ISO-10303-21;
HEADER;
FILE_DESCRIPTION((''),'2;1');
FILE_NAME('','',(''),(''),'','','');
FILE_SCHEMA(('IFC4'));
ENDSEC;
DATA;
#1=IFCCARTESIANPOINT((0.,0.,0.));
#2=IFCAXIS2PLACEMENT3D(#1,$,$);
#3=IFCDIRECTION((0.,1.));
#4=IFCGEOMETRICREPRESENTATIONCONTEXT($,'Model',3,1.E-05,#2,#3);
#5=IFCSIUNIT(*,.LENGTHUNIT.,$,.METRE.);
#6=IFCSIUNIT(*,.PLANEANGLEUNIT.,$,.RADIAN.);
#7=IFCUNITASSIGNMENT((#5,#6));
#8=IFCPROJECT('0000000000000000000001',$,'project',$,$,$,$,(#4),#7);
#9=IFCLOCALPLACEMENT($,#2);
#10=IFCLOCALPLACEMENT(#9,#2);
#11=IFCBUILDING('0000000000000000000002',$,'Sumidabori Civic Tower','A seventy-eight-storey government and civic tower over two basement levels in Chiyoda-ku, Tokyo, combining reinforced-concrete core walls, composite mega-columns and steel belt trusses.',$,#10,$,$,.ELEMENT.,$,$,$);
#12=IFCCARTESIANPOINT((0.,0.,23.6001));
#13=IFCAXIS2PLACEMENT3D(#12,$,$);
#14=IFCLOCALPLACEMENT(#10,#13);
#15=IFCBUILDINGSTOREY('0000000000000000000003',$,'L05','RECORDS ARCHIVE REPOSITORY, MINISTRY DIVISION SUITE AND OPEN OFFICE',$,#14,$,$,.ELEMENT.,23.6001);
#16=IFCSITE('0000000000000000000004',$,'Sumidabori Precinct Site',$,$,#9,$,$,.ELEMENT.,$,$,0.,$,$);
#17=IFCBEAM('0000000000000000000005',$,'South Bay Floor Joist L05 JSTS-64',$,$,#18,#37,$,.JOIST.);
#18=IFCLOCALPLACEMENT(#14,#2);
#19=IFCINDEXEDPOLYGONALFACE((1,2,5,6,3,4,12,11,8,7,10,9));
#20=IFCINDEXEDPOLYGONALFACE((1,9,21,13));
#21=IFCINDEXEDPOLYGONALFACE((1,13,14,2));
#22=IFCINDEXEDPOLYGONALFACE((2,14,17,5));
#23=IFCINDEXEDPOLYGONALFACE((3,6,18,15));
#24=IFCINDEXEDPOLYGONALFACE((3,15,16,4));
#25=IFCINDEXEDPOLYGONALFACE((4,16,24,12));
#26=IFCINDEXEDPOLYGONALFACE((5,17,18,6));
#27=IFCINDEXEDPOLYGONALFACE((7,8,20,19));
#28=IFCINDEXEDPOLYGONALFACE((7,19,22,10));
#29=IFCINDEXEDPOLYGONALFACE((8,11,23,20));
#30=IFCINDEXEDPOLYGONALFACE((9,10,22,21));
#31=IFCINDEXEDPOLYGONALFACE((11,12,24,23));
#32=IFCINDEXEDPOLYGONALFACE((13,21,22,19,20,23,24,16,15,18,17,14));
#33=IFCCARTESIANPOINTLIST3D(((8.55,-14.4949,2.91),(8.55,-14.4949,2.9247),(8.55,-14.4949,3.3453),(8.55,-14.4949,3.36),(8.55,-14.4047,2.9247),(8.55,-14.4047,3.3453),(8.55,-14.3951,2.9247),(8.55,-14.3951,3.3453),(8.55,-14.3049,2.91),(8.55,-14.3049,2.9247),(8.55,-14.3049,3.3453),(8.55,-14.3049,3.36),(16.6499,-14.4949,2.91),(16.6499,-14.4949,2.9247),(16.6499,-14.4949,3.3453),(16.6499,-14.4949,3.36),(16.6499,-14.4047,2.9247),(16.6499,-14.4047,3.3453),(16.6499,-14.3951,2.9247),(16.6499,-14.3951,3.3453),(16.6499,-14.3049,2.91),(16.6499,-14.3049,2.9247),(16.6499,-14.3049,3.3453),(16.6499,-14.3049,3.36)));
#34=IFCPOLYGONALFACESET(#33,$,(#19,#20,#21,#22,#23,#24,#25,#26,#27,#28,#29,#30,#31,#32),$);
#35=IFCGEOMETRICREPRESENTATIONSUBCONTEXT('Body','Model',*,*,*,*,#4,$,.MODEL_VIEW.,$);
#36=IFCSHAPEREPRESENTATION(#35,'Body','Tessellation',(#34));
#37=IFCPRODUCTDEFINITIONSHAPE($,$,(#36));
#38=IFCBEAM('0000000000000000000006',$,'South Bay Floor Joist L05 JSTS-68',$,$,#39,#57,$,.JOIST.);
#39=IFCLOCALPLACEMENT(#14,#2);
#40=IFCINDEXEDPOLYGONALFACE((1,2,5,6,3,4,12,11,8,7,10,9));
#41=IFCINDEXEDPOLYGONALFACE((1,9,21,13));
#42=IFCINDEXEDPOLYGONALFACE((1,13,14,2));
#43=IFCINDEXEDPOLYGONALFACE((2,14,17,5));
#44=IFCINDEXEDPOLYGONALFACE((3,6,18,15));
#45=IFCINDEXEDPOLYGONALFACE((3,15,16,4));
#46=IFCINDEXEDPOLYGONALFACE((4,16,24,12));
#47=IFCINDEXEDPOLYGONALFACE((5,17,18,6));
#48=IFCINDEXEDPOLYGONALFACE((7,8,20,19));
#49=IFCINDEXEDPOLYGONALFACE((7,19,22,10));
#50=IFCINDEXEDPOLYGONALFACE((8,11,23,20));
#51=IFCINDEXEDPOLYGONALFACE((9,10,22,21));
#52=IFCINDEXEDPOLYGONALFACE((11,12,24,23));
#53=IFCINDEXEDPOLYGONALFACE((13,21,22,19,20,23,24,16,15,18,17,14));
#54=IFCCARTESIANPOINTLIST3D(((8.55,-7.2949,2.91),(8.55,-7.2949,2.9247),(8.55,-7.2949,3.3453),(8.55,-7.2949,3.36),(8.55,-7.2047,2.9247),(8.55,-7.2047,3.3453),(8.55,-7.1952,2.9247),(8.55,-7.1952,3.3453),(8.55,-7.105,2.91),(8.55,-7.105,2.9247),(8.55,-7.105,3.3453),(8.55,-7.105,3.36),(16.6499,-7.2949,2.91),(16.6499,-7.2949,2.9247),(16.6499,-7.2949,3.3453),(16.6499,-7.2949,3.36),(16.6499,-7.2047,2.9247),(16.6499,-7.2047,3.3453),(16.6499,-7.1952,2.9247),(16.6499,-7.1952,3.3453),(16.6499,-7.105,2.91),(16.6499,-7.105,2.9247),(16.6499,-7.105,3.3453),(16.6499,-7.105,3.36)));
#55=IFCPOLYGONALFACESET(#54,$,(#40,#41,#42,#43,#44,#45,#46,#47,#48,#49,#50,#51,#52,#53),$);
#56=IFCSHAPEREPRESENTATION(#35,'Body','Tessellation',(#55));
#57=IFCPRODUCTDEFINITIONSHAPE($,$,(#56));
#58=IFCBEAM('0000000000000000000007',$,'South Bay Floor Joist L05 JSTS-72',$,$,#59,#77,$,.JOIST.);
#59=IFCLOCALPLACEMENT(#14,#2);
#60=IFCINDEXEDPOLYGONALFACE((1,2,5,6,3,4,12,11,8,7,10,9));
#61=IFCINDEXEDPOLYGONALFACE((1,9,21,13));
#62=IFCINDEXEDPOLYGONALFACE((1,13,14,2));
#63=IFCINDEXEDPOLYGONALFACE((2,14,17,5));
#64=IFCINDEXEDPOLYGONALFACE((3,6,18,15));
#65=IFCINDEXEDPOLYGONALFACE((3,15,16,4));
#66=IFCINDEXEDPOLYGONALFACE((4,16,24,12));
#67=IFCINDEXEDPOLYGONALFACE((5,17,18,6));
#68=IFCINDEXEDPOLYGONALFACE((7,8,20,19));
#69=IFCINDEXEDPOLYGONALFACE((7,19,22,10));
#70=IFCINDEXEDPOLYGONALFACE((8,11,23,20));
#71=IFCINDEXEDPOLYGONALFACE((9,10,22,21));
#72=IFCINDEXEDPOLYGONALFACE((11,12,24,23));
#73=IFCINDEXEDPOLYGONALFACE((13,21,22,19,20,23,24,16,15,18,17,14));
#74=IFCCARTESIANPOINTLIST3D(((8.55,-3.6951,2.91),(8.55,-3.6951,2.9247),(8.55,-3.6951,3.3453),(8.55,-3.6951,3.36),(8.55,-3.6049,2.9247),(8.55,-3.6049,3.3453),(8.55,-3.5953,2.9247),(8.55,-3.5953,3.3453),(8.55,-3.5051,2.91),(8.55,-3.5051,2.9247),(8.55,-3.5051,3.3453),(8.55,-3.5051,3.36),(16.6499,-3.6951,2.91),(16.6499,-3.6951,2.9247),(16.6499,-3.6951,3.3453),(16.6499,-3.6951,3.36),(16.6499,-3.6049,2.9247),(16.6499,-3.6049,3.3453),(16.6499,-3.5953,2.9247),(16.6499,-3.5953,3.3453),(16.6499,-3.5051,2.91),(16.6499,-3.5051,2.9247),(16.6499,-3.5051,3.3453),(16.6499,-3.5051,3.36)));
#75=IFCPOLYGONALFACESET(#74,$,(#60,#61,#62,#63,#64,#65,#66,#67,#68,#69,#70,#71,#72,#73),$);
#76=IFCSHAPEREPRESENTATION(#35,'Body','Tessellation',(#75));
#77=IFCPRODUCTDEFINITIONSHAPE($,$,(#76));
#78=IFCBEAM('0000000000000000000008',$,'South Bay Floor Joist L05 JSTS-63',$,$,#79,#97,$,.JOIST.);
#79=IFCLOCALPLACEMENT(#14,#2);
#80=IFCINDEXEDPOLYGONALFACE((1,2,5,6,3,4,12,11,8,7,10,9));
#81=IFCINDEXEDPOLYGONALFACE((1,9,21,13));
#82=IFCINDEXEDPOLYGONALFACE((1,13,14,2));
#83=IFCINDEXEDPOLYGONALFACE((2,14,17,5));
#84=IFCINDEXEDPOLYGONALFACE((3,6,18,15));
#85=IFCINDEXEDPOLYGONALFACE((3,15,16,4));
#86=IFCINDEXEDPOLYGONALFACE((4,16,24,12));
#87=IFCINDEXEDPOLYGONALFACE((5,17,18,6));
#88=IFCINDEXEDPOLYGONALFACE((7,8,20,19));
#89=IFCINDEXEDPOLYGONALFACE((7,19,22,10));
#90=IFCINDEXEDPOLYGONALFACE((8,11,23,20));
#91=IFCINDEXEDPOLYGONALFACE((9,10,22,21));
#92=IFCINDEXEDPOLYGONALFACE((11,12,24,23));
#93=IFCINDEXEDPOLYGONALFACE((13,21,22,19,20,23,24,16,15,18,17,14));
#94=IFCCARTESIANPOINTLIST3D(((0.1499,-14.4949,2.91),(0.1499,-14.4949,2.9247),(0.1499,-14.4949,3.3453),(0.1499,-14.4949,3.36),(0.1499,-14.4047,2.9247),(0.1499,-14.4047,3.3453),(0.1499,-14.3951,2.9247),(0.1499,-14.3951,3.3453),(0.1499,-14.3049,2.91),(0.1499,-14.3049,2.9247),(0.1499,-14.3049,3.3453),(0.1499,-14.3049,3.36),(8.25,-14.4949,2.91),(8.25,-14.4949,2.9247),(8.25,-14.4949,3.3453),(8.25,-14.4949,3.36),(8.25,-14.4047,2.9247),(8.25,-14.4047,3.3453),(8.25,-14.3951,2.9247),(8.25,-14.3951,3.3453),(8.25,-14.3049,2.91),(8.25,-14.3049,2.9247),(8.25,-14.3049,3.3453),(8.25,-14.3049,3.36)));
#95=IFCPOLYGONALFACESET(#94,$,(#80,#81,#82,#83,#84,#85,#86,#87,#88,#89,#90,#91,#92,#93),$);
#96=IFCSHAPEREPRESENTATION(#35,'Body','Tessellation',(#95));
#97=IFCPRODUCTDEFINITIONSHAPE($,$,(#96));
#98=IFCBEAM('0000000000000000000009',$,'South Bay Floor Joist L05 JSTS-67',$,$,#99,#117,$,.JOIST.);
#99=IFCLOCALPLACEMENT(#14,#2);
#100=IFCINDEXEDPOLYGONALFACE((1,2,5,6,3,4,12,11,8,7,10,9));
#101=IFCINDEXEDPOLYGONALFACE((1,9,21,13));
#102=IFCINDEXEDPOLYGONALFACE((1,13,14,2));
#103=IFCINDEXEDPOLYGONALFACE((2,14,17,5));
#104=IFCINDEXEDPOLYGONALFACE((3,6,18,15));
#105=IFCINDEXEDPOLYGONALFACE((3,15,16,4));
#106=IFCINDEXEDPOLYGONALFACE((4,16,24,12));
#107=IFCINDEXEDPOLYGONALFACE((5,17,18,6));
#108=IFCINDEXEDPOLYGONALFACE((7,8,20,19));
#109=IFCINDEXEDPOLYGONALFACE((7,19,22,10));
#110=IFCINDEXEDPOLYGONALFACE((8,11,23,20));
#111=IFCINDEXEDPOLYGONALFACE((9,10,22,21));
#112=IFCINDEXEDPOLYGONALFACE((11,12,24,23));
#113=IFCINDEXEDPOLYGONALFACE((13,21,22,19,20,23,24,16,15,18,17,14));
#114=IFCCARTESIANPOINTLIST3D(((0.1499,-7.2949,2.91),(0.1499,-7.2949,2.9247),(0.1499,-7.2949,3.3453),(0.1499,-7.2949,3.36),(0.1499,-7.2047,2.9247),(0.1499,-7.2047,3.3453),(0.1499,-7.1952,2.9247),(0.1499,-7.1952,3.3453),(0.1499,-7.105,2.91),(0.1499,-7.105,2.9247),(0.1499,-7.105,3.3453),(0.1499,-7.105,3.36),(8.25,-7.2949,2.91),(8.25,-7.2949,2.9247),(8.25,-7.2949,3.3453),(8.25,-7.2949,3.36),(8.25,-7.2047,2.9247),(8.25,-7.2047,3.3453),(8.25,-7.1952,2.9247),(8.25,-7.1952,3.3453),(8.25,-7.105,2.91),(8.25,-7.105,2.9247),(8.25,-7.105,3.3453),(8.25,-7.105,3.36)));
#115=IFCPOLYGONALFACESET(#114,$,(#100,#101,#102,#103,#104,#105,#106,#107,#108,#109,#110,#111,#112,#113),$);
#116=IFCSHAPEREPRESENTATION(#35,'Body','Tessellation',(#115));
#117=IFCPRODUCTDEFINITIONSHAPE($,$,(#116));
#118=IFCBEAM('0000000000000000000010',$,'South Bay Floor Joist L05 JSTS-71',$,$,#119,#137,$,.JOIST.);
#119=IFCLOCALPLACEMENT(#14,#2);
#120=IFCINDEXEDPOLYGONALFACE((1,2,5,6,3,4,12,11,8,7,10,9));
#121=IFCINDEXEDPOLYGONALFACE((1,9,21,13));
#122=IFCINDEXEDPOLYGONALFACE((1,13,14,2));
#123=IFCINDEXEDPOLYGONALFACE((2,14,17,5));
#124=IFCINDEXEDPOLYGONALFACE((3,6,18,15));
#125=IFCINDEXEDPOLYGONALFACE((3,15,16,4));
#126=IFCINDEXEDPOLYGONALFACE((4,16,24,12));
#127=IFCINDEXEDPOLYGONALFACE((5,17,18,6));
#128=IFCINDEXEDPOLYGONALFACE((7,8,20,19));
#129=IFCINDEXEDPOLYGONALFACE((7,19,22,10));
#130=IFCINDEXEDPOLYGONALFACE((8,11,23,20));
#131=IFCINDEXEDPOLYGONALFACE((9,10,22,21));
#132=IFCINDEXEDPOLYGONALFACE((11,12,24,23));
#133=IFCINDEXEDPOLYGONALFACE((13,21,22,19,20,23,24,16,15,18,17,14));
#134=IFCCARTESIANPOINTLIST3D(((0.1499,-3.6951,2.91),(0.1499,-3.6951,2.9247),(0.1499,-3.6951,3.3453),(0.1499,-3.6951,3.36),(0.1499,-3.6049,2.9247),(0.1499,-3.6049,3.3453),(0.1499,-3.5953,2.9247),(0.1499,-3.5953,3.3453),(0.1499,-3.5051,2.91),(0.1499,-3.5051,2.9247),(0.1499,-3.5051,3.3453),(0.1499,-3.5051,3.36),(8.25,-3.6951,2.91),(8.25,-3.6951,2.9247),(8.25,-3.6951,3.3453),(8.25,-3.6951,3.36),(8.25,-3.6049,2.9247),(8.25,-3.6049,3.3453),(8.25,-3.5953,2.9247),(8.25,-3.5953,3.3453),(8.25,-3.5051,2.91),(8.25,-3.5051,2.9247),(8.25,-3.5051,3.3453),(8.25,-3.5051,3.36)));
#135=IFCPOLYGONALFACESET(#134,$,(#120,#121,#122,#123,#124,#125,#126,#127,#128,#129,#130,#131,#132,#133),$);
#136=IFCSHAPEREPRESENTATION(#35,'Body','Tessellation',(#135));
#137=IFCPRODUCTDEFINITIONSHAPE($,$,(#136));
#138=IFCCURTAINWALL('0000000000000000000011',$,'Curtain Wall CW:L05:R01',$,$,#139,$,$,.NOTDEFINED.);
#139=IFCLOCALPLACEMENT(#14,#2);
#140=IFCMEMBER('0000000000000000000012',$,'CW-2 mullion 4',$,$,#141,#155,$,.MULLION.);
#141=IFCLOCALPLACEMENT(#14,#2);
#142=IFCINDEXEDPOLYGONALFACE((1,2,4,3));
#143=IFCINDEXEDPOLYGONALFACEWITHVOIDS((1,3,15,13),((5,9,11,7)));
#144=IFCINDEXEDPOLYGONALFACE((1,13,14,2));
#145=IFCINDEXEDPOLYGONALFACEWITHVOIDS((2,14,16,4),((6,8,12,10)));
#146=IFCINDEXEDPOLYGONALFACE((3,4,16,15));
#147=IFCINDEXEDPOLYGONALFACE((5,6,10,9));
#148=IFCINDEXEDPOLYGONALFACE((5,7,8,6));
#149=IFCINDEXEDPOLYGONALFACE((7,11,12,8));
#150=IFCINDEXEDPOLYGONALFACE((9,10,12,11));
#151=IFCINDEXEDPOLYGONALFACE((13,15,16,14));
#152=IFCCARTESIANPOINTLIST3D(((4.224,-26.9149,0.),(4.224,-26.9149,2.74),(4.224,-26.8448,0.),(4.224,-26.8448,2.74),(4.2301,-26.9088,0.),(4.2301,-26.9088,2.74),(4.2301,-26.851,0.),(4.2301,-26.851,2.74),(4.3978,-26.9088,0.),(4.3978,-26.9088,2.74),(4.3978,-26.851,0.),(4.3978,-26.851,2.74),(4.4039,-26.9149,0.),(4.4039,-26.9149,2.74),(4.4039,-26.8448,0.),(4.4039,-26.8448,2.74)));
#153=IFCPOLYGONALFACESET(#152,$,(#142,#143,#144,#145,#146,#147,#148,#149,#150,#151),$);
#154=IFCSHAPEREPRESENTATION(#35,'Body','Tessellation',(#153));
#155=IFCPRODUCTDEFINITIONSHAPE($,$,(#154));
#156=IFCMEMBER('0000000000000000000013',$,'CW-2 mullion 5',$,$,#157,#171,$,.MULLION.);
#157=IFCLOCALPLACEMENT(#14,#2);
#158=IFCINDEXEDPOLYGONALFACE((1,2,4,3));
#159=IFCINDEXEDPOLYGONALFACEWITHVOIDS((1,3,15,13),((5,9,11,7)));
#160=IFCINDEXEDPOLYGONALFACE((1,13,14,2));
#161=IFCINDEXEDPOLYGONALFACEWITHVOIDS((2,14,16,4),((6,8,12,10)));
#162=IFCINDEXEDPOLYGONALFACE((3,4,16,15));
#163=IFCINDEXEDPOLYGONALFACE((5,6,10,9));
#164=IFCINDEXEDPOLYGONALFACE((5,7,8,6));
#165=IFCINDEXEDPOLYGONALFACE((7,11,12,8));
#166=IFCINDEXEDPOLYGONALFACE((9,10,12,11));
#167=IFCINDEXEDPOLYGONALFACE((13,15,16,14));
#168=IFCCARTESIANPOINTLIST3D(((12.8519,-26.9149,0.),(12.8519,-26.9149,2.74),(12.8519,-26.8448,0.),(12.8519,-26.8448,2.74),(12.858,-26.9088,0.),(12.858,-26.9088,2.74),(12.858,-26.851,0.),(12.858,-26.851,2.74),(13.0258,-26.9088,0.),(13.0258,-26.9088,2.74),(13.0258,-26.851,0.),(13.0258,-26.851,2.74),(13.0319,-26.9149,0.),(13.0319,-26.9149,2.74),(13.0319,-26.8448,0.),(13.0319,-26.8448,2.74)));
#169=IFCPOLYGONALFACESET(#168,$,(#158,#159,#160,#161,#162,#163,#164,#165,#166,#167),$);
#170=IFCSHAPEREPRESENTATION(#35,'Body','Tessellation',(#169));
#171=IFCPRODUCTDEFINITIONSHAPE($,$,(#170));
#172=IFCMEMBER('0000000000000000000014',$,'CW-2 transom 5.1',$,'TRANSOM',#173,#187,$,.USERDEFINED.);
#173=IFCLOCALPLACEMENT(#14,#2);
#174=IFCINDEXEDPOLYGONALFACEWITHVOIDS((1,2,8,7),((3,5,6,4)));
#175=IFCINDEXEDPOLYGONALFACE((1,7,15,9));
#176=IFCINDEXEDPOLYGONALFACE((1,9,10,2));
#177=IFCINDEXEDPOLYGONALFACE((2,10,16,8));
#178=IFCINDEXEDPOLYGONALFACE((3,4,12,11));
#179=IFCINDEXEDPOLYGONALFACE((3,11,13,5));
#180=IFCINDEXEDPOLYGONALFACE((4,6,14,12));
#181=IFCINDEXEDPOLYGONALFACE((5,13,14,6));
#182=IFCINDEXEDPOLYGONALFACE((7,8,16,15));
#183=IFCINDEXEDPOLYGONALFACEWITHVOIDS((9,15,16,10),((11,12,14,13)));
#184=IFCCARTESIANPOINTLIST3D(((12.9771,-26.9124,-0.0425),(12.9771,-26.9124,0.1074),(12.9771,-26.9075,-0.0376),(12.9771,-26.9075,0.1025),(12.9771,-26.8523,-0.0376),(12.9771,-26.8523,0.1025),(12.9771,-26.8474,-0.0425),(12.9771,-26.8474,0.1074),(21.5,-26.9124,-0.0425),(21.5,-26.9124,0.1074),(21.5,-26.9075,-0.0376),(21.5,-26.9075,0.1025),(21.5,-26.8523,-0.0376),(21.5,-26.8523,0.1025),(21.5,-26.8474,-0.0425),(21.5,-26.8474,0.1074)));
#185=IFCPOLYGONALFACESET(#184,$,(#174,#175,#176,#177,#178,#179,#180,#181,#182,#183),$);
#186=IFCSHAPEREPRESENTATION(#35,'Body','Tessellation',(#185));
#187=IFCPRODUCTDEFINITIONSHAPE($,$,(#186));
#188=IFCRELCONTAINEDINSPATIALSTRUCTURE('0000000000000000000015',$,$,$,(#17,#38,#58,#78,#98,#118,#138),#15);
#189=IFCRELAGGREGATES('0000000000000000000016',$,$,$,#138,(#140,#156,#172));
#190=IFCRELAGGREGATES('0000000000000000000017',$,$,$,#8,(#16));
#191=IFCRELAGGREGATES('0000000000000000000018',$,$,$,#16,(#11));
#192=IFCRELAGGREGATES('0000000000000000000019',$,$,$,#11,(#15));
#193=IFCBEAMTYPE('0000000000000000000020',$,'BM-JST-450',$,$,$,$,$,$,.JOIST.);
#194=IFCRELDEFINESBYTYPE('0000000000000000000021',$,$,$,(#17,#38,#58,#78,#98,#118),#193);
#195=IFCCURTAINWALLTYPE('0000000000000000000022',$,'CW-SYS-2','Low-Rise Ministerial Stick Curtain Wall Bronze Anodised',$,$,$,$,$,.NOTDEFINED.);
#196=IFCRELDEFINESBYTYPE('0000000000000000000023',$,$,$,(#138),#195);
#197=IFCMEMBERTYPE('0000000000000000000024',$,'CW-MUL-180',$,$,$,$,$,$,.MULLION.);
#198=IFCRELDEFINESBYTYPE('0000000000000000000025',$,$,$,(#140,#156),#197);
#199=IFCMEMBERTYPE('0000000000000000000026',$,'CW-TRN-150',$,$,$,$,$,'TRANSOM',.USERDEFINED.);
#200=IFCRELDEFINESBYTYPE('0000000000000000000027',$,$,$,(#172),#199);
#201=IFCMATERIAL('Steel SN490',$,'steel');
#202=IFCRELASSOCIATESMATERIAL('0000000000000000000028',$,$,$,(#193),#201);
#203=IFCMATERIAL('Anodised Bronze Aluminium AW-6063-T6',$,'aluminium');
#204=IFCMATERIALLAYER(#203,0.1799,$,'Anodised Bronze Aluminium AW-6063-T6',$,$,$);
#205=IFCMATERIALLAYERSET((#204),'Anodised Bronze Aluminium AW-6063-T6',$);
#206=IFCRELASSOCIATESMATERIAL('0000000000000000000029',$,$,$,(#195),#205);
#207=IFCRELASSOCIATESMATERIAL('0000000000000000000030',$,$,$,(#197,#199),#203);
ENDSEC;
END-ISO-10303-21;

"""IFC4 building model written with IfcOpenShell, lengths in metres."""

from ifc_helpers import new_model, si_unit, direction, frame, origin, origin_2d, place, context, subcontext, project, spatial, hollow_rectangle, i_section, extrude, source, transform, mapped, material, layer, layer_set, material_profile, profile_set, type_object, element, aggregate, save


model = new_model("IFC4")

# Units and contexts
model_context = context("Model", 3, precision=1e-05, world=origin(), true_north=direction((0.0, 1.0)))
body_context = subcontext(model_context, "Body", "Model", "MODEL_VIEW")
ifc_project = project(units=[si_unit("LENGTHUNIT", "METRE"), si_unit("PLANEANGLEUNIT", "RADIAN")], contexts=[model_context])

# Site, building, storey
site_placement = place(None, origin())
site = spatial("IfcSite", under=ifc_project, at=site_placement, Name="Sumidabori Precinct Site", CompositionType="ELEMENT", RefElevation=0.0)
building_placement = place(site_placement, origin())
building = spatial("IfcBuilding", under=site, at=building_placement, Name="Sumidabori Civic Tower", Description="A seventy-eight-storey government and civic tower over two basement levels in Chiyoda-ku, Tokyo, combining reinforced-concrete core walls, composite mega-columns and steel belt trusses.", CompositionType="ELEMENT")
storey_placement = place(building_placement, frame((0.0, 0.0, 23.6001)))
storey = spatial("IfcBuildingStorey", under=building, at=storey_placement, Name="L05", Description="RECORDS ARCHIVE REPOSITORY, MINISTRY DIVISION SUITE AND OPEN OFFICE", CompositionType="ELEMENT", Elevation=23.6001)

# Beams
ifc_material_1 = material(Name="Steel SN490", Category="steel")
ifc_material_profile_1 = material_profile(ifc_material_1, i_section(OverallWidth=0.1899, OverallDepth=0.45, WebThickness=0.0095, FlangeThickness=0.0146, at=origin_2d()), Name="IPE 450")
ifc_profile_set_1 = profile_set([ifc_material_profile_1], Name="Steel SN490")
beam_type_1 = type_object("IfcBeamType", Name="BM-JST-450", PredefinedType="JOIST", material=ifc_profile_set_1)
shared_shape_1 = source(origin(), body_context, "Body", "SweptSolid", [
    extrude(i_section(OverallWidth=0.1899, OverallDepth=0.45, WebThickness=0.0095, FlangeThickness=0.0146, at=origin_2d()), origin(), (0.0, 0.0, 1.0), 8.0999),
])
for number, where, z_axis, x_axis, name in (
    (1, (8.55, -14.3999, 3.135), (1.0, 0.0, 0.0), (0.0, 1.0, 0.0), "South Bay Floor Joist L05 JSTS-64"),
    (2, (8.55, -7.2, 3.135), (1.0, 0.0, 0.0), (0.0, 1.0, 0.0), "South Bay Floor Joist L05 JSTS-68"),
    (3, (8.55, -3.6001, 3.135), (1.0, 0.0, 0.0), (0.0, 1.0, 0.0), "South Bay Floor Joist L05 JSTS-72"),
):
    element("IfcBeam", number, at=place(storey_placement, frame(where, z_axis=z_axis, x_axis=x_axis)), inside=storey, type_object=beam_type_1, Name=name, PredefinedType="JOIST", context=body_context, shape_type="MappedRepresentation", body=[
        mapped(shared_shape_1, transform((0.0, 0.0, 0.0), x_axis=(1.0, 0.0, 0.0), y_axis=(0.0, 1.0, 0.0), z_axis=(0.0, 0.0, 1.0), scale=1.0)),
    ])
shared_shape_2 = source(origin(), body_context, "Body", "SweptSolid", [
    extrude(i_section(OverallWidth=0.1899, OverallDepth=0.45, WebThickness=0.0095, FlangeThickness=0.0146, at=origin_2d()), origin(), (0.0, 0.0, 1.0), 8.1001),
])
for number, where, z_axis, x_axis, name in (
    (4, (0.1499, -14.3999, 3.135), (1.0, 0.0, 0.0), (0.0, 1.0, 0.0), "South Bay Floor Joist L05 JSTS-63"),
    (5, (0.1499, -7.2, 3.135), (1.0, 0.0, 0.0), (0.0, 1.0, 0.0), "South Bay Floor Joist L05 JSTS-67"),
    (6, (0.1499, -3.6001, 3.135), (1.0, 0.0, 0.0), (0.0, 1.0, 0.0), "South Bay Floor Joist L05 JSTS-71"),
):
    element("IfcBeam", number, at=place(storey_placement, frame(where, z_axis=z_axis, x_axis=x_axis)), inside=storey, type_object=beam_type_1, Name=name, PredefinedType="JOIST", context=body_context, shape_type="MappedRepresentation", body=[
        mapped(shared_shape_2, transform((0.0, 0.0, 0.0), x_axis=(1.0, 0.0, 0.0), y_axis=(0.0, 1.0, 0.0), z_axis=(0.0, 0.0, 1.0), scale=1.0)),
    ])

# Curtain wall, members
ifc_material_2 = material(Name="Anodised Bronze Aluminium AW-6063-T6", Category="aluminium")
ifc_layer_1 = layer(ifc_material_2, 0.1799, Name="Anodised Bronze Aluminium AW-6063-T6")
ifc_layer_set_1 = layer_set([ifc_layer_1], Name="Anodised Bronze Aluminium AW-6063-T6")
curtain_wall_type = type_object("IfcCurtainWallType", Name="CW-SYS-2", Description="Low-Rise Ministerial Stick Curtain Wall Bronze Anodised", PredefinedType="NOTDEFINED", material=ifc_layer_set_1)
curtain_wall_placement = place(storey_placement, origin())
curtain_wall = element("IfcCurtainWall", 7, at=curtain_wall_placement, inside=storey, type_object=curtain_wall_type, Name="Curtain Wall CW:L05:R01", PredefinedType="NOTDEFINED")
ifc_material_profile_2 = material_profile(ifc_material_2, hollow_rectangle(XDim=0.0701, YDim=0.1799, WallThickness=0.0061, at=origin_2d()), Name="ALU MULLION 180x70")
ifc_profile_set_2 = profile_set([ifc_material_profile_2], Name="Anodised Bronze Aluminium AW-6063-T6")
member_type_1 = type_object("IfcMemberType", Name="CW-MUL-180", PredefinedType="MULLION", material=ifc_profile_set_2)
shared_shape_3 = source(origin(), body_context, "Body", "SweptSolid", [
    extrude(hollow_rectangle(XDim=0.0701, YDim=0.1799, WallThickness=0.0061, at=origin_2d()), origin(), (0.0, 0.0, 1.0), 2.74),
])
member_1_placement = place(storey_placement, frame((4.314, -26.8799, 0.0), z_axis=(0.0, 0.0, 1.0), x_axis=(0.0, 1.0, 0.0)))
member_1 = element("IfcMember", 8, at=member_1_placement, type_object=member_type_1, Name="CW-2 mullion 4", PredefinedType="MULLION", context=body_context, shape_type="MappedRepresentation", body=[
    mapped(shared_shape_3, transform((0.0, 0.0, 0.0), x_axis=(1.0, 0.0, 0.0), y_axis=(0.0, 1.0, 0.0), z_axis=(0.0, 0.0, 1.0), scale=1.0)),
])
member_2_placement = place(storey_placement, frame((12.9419, -26.8799, 0.0), z_axis=(0.0, 0.0, 1.0), x_axis=(0.0, 1.0, 0.0)))
member_2 = element("IfcMember", 9, at=member_2_placement, type_object=member_type_1, Name="CW-2 mullion 5", PredefinedType="MULLION", context=body_context, shape_type="MappedRepresentation", body=[
    mapped(shared_shape_3, transform((0.0, 0.0, 0.0), x_axis=(1.0, 0.0, 0.0), y_axis=(0.0, 1.0, 0.0), z_axis=(0.0, 0.0, 1.0), scale=1.0)),
])
ifc_material_profile_3 = material_profile(ifc_material_2, hollow_rectangle(XDim=0.0649, YDim=0.1499, WallThickness=0.0049, at=origin_2d()), Name="ALU TRANSOM 150x65")
ifc_profile_set_3 = profile_set([ifc_material_profile_3], Name="Anodised Bronze Aluminium AW-6063-T6")
member_type_2 = type_object("IfcMemberType", Name="CW-TRN-150", ElementType="TRANSOM", PredefinedType="USERDEFINED", material=ifc_profile_set_3)
shared_shape_4 = source(origin(), body_context, "Body", "SweptSolid", [
    extrude(hollow_rectangle(XDim=0.0649, YDim=0.1499, WallThickness=0.0049, at=origin_2d()), origin(), (0.0, 0.0, 1.0), 8.5229),
])
member_3_placement = place(storey_placement, frame((12.9771, -26.8799, 0.0325), z_axis=(1.0, 0.0, 0.0), x_axis=(0.0, 1.0, 0.0)))
member_3 = element("IfcMember", 10, at=member_3_placement, type_object=member_type_2, Name="CW-2 transom 5.1", ObjectType="TRANSOM", PredefinedType="USERDEFINED", context=body_context, shape_type="MappedRepresentation", body=[
    mapped(shared_shape_4, transform((0.0, 0.0, 0.0), x_axis=(1.0, 0.0, 0.0), y_axis=(0.0, 1.0, 0.0), z_axis=(0.0, 0.0, 1.0), scale=1.0)),
])
aggregate(curtain_wall, [member_1, member_2, member_3])

save(model, "model.ifc")
